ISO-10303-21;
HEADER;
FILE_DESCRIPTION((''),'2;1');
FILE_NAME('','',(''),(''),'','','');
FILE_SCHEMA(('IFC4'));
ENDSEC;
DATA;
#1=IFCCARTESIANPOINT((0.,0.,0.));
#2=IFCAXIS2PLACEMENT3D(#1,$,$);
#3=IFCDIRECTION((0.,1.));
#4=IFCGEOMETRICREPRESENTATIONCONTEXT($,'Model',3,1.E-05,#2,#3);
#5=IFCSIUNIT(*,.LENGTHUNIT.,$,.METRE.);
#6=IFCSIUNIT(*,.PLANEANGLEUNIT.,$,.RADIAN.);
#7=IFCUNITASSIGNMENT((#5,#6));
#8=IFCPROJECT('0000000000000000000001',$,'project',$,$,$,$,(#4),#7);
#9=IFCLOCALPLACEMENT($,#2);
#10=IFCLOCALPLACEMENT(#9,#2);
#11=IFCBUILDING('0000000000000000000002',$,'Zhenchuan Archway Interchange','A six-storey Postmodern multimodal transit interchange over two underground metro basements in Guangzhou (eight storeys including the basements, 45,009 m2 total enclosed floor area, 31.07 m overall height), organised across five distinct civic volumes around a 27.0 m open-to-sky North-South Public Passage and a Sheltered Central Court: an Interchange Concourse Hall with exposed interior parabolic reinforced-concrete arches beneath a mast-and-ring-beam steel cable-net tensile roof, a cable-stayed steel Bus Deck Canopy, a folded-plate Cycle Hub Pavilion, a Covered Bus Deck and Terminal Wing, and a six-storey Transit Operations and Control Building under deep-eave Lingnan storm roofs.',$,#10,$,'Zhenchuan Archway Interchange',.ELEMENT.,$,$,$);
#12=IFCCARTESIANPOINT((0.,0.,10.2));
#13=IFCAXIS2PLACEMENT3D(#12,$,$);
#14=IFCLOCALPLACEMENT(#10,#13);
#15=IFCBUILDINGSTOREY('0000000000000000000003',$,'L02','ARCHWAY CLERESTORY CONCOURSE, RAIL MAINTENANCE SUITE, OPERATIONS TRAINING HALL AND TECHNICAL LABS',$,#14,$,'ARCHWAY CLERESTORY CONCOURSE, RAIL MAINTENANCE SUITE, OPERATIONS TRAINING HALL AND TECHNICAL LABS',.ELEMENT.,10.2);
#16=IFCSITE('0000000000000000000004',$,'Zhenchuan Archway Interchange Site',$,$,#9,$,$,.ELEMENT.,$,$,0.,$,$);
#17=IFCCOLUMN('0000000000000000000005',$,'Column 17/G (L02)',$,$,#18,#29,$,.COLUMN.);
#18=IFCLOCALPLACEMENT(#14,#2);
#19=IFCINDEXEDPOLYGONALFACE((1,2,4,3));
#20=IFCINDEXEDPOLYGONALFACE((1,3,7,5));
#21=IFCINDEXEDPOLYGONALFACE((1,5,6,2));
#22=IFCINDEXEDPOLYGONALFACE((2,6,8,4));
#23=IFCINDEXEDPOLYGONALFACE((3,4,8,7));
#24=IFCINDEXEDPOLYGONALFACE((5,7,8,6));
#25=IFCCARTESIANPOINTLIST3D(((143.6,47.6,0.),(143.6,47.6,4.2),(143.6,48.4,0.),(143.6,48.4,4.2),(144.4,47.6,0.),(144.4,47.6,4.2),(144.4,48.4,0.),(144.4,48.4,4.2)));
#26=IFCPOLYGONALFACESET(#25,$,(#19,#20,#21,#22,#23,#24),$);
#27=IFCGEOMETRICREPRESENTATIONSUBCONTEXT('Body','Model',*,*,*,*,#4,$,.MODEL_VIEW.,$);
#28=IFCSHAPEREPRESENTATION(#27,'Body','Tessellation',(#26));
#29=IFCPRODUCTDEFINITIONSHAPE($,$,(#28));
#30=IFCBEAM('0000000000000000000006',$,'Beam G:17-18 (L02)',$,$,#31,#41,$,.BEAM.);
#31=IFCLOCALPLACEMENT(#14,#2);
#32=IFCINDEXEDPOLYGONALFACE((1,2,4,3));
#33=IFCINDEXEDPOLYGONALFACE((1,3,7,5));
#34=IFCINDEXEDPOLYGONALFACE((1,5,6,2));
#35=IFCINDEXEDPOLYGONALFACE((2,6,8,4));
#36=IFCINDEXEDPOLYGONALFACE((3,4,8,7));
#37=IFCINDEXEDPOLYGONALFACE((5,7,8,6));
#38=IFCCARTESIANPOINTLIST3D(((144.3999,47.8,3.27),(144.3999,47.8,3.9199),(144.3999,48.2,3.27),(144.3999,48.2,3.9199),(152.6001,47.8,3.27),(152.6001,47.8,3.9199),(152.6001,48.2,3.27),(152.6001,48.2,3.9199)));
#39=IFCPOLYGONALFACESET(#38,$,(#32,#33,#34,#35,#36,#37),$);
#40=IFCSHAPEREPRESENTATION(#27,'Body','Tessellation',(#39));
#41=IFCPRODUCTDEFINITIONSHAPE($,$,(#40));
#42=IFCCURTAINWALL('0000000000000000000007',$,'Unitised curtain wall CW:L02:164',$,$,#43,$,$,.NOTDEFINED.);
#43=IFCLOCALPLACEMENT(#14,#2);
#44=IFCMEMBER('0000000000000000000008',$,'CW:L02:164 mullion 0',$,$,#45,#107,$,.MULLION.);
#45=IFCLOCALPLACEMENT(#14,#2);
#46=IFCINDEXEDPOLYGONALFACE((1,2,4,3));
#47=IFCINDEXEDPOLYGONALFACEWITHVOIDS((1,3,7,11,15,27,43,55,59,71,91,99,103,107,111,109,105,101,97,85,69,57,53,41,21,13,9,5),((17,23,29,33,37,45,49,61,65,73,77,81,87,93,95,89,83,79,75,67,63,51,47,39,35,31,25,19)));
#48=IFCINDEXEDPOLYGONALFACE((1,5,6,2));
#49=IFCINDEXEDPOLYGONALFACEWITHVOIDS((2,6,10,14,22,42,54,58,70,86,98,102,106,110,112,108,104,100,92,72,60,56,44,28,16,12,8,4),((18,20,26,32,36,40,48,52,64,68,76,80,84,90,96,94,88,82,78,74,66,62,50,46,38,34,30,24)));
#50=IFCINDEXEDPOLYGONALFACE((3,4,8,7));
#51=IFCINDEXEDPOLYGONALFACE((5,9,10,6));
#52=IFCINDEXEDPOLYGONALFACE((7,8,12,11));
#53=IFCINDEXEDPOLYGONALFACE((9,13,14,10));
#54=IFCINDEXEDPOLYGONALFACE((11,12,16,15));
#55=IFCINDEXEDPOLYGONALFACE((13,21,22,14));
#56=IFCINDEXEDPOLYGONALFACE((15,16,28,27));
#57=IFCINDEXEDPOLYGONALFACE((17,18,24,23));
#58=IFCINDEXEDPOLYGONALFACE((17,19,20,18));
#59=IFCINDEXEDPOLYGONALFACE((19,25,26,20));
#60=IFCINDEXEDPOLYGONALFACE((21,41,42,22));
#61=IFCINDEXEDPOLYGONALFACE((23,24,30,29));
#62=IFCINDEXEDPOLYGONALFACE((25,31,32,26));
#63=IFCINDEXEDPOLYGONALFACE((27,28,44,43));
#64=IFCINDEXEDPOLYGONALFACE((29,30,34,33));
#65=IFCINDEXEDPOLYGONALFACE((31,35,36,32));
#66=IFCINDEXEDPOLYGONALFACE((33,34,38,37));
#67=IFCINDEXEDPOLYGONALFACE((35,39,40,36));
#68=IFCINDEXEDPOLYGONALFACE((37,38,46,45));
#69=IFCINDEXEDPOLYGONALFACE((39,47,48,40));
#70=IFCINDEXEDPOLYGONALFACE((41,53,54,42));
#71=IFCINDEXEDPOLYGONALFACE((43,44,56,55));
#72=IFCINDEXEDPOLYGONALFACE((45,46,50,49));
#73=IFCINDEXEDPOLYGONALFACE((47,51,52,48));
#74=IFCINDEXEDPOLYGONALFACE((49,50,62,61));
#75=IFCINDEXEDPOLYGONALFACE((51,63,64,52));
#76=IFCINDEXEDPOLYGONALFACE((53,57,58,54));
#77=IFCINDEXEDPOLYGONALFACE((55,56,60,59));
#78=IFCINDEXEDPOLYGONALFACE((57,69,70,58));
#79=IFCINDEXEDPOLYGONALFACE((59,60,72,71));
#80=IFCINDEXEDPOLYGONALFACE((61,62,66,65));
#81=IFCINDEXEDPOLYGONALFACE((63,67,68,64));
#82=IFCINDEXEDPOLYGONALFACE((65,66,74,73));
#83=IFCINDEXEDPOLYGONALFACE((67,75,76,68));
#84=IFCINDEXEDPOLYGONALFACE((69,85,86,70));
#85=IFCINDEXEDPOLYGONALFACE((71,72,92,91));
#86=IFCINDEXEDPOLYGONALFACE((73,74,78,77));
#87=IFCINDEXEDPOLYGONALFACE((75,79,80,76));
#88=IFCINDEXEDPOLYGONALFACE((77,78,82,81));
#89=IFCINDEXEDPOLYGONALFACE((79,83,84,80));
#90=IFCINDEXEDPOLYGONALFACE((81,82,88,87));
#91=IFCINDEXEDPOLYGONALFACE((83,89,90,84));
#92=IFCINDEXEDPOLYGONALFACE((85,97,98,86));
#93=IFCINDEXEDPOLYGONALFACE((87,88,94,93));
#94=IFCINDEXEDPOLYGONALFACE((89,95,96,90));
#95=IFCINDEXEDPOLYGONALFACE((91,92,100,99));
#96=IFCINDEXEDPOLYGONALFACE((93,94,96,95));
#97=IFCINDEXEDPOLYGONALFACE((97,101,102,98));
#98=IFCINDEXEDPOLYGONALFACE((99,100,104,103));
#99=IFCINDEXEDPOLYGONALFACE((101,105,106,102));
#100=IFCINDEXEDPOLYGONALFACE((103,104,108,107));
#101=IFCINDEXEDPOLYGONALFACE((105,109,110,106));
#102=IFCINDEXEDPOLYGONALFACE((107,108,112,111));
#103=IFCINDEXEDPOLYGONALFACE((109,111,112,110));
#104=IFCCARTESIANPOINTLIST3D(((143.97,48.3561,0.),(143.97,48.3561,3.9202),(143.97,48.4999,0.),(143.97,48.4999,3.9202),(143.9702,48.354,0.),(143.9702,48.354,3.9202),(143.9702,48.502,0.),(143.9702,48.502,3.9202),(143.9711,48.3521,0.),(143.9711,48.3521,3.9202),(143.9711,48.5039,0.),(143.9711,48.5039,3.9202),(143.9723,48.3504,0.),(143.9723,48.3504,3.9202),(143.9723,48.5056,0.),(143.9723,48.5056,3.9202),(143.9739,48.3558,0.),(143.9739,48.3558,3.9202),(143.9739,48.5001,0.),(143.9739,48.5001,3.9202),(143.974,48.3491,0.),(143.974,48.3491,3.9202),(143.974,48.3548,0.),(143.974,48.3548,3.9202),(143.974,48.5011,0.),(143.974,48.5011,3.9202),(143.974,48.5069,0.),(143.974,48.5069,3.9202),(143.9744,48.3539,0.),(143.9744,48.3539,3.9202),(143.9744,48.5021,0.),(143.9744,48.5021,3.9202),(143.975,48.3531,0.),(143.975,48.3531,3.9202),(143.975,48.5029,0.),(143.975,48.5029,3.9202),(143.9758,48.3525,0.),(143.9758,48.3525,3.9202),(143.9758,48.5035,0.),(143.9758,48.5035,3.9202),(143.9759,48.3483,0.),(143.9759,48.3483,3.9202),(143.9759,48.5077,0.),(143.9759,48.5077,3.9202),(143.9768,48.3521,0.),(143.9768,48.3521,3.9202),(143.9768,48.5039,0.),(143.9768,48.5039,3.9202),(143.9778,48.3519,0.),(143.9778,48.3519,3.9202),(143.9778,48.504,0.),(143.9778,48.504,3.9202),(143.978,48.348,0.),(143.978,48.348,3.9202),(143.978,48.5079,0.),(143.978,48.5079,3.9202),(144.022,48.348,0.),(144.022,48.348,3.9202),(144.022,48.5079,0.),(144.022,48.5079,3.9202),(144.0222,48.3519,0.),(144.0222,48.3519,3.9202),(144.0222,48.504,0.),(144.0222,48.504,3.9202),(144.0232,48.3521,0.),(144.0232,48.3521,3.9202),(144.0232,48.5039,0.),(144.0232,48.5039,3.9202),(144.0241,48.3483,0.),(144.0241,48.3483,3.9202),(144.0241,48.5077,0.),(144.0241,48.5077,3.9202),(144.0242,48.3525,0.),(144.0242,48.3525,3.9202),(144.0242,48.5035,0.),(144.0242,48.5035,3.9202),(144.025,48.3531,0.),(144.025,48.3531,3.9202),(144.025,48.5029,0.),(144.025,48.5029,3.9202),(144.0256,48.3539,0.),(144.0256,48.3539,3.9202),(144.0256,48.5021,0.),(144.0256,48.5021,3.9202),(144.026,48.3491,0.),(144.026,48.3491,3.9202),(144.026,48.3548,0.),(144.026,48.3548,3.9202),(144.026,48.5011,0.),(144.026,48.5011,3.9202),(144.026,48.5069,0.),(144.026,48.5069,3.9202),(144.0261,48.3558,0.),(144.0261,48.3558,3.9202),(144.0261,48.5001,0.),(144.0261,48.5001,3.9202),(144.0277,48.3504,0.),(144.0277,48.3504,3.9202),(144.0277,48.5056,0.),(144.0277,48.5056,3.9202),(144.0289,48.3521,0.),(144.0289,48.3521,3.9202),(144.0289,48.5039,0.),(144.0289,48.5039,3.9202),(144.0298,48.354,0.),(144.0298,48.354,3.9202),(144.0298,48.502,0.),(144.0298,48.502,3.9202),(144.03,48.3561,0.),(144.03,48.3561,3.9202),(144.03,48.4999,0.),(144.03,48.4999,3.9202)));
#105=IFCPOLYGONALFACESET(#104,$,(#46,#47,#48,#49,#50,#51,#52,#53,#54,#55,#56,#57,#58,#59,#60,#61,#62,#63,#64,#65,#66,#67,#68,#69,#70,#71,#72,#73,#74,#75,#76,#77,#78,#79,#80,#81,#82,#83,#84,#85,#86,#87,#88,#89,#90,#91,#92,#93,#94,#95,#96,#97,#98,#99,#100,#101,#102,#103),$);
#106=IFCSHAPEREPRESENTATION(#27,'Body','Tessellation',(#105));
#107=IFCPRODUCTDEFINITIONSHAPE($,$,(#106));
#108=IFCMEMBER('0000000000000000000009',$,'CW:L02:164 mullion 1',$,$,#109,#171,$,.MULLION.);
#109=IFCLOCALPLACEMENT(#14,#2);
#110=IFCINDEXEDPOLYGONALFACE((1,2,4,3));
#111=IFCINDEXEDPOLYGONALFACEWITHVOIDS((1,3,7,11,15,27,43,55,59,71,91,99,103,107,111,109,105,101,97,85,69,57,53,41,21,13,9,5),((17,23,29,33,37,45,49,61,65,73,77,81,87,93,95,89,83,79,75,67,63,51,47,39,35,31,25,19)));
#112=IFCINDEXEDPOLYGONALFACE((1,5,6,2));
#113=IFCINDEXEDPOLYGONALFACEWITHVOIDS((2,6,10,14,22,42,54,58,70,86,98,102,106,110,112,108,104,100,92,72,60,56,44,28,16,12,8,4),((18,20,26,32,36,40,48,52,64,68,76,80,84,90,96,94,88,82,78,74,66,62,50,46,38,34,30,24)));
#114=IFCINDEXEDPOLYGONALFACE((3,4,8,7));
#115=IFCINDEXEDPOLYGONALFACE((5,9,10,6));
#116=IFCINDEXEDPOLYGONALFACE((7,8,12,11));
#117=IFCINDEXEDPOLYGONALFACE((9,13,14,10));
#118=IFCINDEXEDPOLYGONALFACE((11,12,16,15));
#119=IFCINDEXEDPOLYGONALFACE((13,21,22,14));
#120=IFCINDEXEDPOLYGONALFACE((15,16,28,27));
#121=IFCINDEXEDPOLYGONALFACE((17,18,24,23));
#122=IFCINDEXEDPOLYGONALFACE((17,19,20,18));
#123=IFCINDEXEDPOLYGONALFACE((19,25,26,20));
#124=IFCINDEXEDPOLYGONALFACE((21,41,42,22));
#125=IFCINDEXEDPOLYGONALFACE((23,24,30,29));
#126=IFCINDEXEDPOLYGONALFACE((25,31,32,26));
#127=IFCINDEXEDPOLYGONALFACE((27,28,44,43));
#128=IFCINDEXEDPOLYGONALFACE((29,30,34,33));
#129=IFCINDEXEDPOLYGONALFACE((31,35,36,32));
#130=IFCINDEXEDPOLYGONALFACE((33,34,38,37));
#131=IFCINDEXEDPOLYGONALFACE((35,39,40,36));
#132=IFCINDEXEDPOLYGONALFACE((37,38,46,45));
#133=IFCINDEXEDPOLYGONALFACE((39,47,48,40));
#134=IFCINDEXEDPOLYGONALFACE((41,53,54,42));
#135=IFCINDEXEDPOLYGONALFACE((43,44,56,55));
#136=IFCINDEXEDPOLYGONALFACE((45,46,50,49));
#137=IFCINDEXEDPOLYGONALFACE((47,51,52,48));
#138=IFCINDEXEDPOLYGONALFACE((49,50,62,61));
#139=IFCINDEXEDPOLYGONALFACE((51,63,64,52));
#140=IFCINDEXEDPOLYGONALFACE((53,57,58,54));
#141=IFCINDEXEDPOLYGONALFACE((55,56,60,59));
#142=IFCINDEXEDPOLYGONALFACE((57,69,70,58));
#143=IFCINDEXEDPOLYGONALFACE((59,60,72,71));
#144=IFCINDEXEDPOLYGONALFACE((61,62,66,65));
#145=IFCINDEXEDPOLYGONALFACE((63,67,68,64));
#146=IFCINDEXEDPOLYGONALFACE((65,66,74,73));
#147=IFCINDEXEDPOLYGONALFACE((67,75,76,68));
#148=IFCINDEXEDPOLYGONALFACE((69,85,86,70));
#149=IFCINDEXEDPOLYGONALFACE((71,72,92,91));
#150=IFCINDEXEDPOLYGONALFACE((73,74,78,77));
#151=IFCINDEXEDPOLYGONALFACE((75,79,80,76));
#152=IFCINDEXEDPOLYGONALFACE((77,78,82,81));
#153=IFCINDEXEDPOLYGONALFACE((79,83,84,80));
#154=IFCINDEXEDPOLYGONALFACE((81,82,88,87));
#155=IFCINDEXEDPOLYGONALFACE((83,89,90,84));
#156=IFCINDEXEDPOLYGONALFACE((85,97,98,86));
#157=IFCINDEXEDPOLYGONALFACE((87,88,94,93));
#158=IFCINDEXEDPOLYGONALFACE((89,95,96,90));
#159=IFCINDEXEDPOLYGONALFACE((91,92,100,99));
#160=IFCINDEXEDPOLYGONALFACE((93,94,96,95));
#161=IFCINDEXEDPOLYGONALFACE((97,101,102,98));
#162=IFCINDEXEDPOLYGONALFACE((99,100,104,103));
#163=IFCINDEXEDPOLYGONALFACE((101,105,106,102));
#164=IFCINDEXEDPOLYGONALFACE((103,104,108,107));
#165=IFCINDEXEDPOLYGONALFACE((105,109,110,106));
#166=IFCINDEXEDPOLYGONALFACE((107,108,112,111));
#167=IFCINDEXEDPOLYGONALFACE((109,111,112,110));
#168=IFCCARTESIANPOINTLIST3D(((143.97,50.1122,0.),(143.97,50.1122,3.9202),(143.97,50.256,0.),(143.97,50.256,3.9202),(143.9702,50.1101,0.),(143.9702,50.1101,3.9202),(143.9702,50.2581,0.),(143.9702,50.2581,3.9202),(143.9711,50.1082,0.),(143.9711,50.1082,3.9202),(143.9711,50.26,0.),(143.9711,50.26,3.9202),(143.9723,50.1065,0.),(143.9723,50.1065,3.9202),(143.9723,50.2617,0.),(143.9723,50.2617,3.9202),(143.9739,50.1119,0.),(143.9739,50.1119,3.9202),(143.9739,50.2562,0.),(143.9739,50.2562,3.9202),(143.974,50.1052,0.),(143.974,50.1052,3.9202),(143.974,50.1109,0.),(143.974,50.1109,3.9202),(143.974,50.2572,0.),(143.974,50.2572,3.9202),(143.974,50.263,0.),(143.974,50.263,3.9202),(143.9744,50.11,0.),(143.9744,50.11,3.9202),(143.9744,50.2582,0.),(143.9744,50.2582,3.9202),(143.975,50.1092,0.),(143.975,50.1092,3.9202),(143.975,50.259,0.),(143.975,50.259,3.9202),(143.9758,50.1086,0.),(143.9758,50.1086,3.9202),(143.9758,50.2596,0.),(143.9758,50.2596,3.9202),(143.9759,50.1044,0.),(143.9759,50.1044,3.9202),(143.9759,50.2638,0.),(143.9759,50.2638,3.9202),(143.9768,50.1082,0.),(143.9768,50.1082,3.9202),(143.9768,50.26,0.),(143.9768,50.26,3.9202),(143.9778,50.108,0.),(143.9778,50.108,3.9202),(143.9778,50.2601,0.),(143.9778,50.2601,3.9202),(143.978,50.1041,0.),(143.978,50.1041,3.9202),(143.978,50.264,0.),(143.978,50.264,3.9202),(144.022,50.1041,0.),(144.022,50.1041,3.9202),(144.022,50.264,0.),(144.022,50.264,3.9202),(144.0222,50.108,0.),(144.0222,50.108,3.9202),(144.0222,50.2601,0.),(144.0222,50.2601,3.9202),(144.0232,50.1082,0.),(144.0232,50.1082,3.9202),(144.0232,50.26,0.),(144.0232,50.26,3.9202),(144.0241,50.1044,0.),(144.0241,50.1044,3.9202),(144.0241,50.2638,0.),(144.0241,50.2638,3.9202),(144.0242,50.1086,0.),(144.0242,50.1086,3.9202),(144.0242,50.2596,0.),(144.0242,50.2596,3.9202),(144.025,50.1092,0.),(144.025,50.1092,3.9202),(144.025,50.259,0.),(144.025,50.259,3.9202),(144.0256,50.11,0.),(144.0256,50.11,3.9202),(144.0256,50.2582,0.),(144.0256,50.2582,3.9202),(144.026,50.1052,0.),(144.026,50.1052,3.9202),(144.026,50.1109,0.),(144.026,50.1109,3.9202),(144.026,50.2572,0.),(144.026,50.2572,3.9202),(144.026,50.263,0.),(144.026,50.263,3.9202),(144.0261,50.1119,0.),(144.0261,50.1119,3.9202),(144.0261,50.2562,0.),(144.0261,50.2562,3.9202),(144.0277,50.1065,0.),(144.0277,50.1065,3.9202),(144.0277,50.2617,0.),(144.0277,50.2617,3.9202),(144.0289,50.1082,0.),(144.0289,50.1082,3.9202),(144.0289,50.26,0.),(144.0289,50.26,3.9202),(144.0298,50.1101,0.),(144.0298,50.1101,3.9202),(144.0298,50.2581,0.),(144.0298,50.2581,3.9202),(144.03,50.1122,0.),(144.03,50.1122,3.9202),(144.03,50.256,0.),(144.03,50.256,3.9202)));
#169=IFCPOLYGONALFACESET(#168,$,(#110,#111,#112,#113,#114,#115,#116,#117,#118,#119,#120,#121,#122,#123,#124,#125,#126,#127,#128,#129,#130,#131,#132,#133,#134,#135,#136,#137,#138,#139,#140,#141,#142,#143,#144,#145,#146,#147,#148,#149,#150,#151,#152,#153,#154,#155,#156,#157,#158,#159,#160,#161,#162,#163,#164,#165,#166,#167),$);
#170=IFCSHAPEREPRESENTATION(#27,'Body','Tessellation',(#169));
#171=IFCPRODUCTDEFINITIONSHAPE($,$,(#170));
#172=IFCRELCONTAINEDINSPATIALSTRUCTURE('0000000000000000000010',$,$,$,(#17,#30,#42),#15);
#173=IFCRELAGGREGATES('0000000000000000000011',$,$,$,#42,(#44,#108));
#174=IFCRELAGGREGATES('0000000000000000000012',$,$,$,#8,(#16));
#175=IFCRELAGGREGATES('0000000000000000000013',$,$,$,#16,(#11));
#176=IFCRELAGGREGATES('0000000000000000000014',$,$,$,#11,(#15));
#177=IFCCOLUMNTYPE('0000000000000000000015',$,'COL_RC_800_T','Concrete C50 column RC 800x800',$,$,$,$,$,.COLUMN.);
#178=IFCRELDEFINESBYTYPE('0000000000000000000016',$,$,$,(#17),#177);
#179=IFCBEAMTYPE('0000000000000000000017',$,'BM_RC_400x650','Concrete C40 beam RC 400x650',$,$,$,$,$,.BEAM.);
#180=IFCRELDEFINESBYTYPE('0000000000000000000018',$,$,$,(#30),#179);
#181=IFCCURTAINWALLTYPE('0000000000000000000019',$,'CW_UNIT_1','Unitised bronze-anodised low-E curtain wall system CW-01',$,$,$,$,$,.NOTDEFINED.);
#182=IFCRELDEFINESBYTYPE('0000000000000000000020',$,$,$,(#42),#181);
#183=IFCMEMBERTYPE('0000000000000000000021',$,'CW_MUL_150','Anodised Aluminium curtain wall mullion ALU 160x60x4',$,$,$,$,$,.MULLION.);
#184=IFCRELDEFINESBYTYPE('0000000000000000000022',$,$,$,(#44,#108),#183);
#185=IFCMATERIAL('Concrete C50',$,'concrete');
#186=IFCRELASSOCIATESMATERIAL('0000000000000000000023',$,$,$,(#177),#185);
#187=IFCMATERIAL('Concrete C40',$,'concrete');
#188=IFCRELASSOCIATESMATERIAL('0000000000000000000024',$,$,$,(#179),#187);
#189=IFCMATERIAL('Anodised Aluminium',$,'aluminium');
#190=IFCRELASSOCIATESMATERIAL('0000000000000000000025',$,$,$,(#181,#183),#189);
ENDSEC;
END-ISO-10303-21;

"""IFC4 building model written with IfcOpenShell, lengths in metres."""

from ifc_helpers import new_model, si_unit, direction, frame, origin, origin_2d, place, context, subcontext, project, spatial, rectangle, hollow_rectangle, extrude, material, material_profile, profile_set, type_object, element, aggregate, save


model = new_model("IFC4")

# Units and contexts
model_context = context("Model", 3, precision=1e-05, world=origin(), true_north=direction((0.0, 1.0)))
body_context = subcontext(model_context, "Body", "Model", "MODEL_VIEW")
ifc_project = project(units=[si_unit("LENGTHUNIT", "METRE"), si_unit("PLANEANGLEUNIT", "RADIAN")], contexts=[model_context])

# Site, building, storey
site_placement = place(None, origin())
site = spatial("IfcSite", under=ifc_project, at=site_placement, Name="Zhenchuan Archway Interchange Site", CompositionType="ELEMENT", RefElevation=0.0)
building_placement = place(site_placement, origin())
building = spatial("IfcBuilding", under=site, at=building_placement, Name="Zhenchuan Archway Interchange", Description="A six-storey Postmodern multimodal transit interchange over two underground metro basements in Guangzhou (eight storeys including the basements, 45,009 m2 total enclosed floor area, 31.07 m overall height), organised across five distinct civic volumes around a 27.0 m open-to-sky North-South Public Passage and a Sheltered Central Court: an Interchange Concourse Hall with exposed interior parabolic reinforced-concrete arches beneath a mast-and-ring-beam steel cable-net tensile roof, a cable-stayed steel Bus Deck Canopy, a folded-plate Cycle Hub Pavilion, a Covered Bus Deck and Terminal Wing, and a six-storey Transit Operations and Control Building under deep-eave Lingnan storm roofs.", LongName="Zhenchuan Archway Interchange", CompositionType="ELEMENT")
storey_placement = place(building_placement, frame((0.0, 0.0, 10.2)))
storey = spatial("IfcBuildingStorey", under=building, at=storey_placement, Name="L02", Description="ARCHWAY CLERESTORY CONCOURSE, RAIL MAINTENANCE SUITE, OPERATIONS TRAINING HALL AND TECHNICAL LABS", LongName="ARCHWAY CLERESTORY CONCOURSE, RAIL MAINTENANCE SUITE, OPERATIONS TRAINING HALL AND TECHNICAL LABS", CompositionType="ELEMENT", Elevation=10.2)

# Column
ifc_material_1 = material(Name="Concrete C50", Category="concrete")
ifc_material_profile_1 = material_profile(ifc_material_1, rectangle(XDim=0.8, YDim=0.8, at=origin_2d()), Name="RC 800x800")
ifc_profile_set_1 = profile_set([ifc_material_profile_1], Name="Concrete C50")
column_type = type_object("IfcColumnType", Name="COL_RC_800_T", Description="Concrete C50 column RC 800x800", PredefinedType="COLUMN", material=ifc_profile_set_1)
column_placement = place(storey_placement, frame((144.0, 48.0, 0.0), z_axis=(0.0, 0.0, 1.0), x_axis=(1.0, 0.0, 0.0)))
element("IfcColumn", 1, at=column_placement, inside=storey, type_object=column_type, Name="Column 17/G (L02)", PredefinedType="COLUMN", context=body_context, shape_type="SweptSolid", body=[
    extrude(rectangle(XDim=0.8, YDim=0.8, at=origin_2d()), origin(), (0.0, 0.0, 1.0), 4.2),
])

# Beam
ifc_material_2 = material(Name="Concrete C40", Category="concrete")
ifc_material_profile_2 = material_profile(ifc_material_2, rectangle(XDim=0.3999, YDim=0.6499, at=origin_2d()), Name="RC 400x650")
ifc_profile_set_2 = profile_set([ifc_material_profile_2], Name="Concrete C40")
beam_type_1 = type_object("IfcBeamType", Name="BM_RC_400x650", Description="Concrete C40 beam RC 400x650", PredefinedType="BEAM", material=ifc_profile_set_2)
beam_placement = place(storey_placement, frame((144.3999, 48.0, 3.595), z_axis=(1.0, 0.0, 0.0), x_axis=(0.0, 1.0, 0.0)))
element("IfcBeam", 2, at=beam_placement, inside=storey, type_object=beam_type_1, Name="Beam G:17-18 (L02)", PredefinedType="BEAM", context=body_context, shape_type="SweptSolid", body=[
    extrude(rectangle(XDim=0.3999, YDim=0.6499, at=origin_2d()), origin(), (0.0, 0.0, 1.0), 8.2002),
])

# Curtain wall, members
ifc_material_3 = material(Name="Anodised Aluminium", Category="aluminium")
curtain_wall_type = type_object("IfcCurtainWallType", Name="CW_UNIT_1", Description="Unitised bronze-anodised low-E curtain wall system CW-01", PredefinedType="NOTDEFINED", material=ifc_material_3)
curtain_wall_placement = place(storey_placement, origin())
curtain_wall = element("IfcCurtainWall", 3, at=curtain_wall_placement, inside=storey, type_object=curtain_wall_type, Name="Unitised curtain wall CW:L02:164", PredefinedType="NOTDEFINED")
ifc_material_profile_3 = material_profile(ifc_material_3, hollow_rectangle(XDim=0.0601, YDim=0.1599, WallThickness=0.0039, InnerFilletRadius=0.0039, OuterFilletRadius=0.0081, at=origin_2d()), Name="ALU 160x60x4")
ifc_profile_set_3 = profile_set([ifc_material_profile_3], Name="Anodised Aluminium")
member_type_1 = type_object("IfcMemberType", Name="CW_MUL_150", Description="Anodised Aluminium curtain wall mullion ALU 160x60x4", PredefinedType="MULLION", material=ifc_profile_set_3)
member_1_placement = place(storey_placement, frame((144.0, 48.428, 0.0), z_axis=(0.0, 0.0, 1.0), x_axis=(1.0, 0.0, 0.0)))
member_1 = element("IfcMember", 4, at=member_1_placement, type_object=member_type_1, Name="CW:L02:164 mullion 0", PredefinedType="MULLION", context=body_context, shape_type="SweptSolid", body=[
    extrude(hollow_rectangle(XDim=0.0601, YDim=0.1599, WallThickness=0.0039, InnerFilletRadius=0.0039, OuterFilletRadius=0.0081, at=origin_2d()), origin(), (0.0, 0.0, 1.0), 3.9202),
])
member_2_placement = place(storey_placement, frame((144.0, 50.1841, 0.0), z_axis=(0.0, 0.0, 1.0), x_axis=(1.0, 0.0, 0.0)))
member_2 = element("IfcMember", 5, at=member_2_placement, type_object=member_type_1, Name="CW:L02:164 mullion 1", PredefinedType="MULLION", context=body_context, shape_type="SweptSolid", body=[
    extrude(hollow_rectangle(XDim=0.0601, YDim=0.1599, WallThickness=0.0039, InnerFilletRadius=0.0039, OuterFilletRadius=0.0081, at=origin_2d()), origin(), (0.0, 0.0, 1.0), 3.9202),
])

aggregate(curtain_wall, [member_1, member_2])

save(model, "model.ifc")
